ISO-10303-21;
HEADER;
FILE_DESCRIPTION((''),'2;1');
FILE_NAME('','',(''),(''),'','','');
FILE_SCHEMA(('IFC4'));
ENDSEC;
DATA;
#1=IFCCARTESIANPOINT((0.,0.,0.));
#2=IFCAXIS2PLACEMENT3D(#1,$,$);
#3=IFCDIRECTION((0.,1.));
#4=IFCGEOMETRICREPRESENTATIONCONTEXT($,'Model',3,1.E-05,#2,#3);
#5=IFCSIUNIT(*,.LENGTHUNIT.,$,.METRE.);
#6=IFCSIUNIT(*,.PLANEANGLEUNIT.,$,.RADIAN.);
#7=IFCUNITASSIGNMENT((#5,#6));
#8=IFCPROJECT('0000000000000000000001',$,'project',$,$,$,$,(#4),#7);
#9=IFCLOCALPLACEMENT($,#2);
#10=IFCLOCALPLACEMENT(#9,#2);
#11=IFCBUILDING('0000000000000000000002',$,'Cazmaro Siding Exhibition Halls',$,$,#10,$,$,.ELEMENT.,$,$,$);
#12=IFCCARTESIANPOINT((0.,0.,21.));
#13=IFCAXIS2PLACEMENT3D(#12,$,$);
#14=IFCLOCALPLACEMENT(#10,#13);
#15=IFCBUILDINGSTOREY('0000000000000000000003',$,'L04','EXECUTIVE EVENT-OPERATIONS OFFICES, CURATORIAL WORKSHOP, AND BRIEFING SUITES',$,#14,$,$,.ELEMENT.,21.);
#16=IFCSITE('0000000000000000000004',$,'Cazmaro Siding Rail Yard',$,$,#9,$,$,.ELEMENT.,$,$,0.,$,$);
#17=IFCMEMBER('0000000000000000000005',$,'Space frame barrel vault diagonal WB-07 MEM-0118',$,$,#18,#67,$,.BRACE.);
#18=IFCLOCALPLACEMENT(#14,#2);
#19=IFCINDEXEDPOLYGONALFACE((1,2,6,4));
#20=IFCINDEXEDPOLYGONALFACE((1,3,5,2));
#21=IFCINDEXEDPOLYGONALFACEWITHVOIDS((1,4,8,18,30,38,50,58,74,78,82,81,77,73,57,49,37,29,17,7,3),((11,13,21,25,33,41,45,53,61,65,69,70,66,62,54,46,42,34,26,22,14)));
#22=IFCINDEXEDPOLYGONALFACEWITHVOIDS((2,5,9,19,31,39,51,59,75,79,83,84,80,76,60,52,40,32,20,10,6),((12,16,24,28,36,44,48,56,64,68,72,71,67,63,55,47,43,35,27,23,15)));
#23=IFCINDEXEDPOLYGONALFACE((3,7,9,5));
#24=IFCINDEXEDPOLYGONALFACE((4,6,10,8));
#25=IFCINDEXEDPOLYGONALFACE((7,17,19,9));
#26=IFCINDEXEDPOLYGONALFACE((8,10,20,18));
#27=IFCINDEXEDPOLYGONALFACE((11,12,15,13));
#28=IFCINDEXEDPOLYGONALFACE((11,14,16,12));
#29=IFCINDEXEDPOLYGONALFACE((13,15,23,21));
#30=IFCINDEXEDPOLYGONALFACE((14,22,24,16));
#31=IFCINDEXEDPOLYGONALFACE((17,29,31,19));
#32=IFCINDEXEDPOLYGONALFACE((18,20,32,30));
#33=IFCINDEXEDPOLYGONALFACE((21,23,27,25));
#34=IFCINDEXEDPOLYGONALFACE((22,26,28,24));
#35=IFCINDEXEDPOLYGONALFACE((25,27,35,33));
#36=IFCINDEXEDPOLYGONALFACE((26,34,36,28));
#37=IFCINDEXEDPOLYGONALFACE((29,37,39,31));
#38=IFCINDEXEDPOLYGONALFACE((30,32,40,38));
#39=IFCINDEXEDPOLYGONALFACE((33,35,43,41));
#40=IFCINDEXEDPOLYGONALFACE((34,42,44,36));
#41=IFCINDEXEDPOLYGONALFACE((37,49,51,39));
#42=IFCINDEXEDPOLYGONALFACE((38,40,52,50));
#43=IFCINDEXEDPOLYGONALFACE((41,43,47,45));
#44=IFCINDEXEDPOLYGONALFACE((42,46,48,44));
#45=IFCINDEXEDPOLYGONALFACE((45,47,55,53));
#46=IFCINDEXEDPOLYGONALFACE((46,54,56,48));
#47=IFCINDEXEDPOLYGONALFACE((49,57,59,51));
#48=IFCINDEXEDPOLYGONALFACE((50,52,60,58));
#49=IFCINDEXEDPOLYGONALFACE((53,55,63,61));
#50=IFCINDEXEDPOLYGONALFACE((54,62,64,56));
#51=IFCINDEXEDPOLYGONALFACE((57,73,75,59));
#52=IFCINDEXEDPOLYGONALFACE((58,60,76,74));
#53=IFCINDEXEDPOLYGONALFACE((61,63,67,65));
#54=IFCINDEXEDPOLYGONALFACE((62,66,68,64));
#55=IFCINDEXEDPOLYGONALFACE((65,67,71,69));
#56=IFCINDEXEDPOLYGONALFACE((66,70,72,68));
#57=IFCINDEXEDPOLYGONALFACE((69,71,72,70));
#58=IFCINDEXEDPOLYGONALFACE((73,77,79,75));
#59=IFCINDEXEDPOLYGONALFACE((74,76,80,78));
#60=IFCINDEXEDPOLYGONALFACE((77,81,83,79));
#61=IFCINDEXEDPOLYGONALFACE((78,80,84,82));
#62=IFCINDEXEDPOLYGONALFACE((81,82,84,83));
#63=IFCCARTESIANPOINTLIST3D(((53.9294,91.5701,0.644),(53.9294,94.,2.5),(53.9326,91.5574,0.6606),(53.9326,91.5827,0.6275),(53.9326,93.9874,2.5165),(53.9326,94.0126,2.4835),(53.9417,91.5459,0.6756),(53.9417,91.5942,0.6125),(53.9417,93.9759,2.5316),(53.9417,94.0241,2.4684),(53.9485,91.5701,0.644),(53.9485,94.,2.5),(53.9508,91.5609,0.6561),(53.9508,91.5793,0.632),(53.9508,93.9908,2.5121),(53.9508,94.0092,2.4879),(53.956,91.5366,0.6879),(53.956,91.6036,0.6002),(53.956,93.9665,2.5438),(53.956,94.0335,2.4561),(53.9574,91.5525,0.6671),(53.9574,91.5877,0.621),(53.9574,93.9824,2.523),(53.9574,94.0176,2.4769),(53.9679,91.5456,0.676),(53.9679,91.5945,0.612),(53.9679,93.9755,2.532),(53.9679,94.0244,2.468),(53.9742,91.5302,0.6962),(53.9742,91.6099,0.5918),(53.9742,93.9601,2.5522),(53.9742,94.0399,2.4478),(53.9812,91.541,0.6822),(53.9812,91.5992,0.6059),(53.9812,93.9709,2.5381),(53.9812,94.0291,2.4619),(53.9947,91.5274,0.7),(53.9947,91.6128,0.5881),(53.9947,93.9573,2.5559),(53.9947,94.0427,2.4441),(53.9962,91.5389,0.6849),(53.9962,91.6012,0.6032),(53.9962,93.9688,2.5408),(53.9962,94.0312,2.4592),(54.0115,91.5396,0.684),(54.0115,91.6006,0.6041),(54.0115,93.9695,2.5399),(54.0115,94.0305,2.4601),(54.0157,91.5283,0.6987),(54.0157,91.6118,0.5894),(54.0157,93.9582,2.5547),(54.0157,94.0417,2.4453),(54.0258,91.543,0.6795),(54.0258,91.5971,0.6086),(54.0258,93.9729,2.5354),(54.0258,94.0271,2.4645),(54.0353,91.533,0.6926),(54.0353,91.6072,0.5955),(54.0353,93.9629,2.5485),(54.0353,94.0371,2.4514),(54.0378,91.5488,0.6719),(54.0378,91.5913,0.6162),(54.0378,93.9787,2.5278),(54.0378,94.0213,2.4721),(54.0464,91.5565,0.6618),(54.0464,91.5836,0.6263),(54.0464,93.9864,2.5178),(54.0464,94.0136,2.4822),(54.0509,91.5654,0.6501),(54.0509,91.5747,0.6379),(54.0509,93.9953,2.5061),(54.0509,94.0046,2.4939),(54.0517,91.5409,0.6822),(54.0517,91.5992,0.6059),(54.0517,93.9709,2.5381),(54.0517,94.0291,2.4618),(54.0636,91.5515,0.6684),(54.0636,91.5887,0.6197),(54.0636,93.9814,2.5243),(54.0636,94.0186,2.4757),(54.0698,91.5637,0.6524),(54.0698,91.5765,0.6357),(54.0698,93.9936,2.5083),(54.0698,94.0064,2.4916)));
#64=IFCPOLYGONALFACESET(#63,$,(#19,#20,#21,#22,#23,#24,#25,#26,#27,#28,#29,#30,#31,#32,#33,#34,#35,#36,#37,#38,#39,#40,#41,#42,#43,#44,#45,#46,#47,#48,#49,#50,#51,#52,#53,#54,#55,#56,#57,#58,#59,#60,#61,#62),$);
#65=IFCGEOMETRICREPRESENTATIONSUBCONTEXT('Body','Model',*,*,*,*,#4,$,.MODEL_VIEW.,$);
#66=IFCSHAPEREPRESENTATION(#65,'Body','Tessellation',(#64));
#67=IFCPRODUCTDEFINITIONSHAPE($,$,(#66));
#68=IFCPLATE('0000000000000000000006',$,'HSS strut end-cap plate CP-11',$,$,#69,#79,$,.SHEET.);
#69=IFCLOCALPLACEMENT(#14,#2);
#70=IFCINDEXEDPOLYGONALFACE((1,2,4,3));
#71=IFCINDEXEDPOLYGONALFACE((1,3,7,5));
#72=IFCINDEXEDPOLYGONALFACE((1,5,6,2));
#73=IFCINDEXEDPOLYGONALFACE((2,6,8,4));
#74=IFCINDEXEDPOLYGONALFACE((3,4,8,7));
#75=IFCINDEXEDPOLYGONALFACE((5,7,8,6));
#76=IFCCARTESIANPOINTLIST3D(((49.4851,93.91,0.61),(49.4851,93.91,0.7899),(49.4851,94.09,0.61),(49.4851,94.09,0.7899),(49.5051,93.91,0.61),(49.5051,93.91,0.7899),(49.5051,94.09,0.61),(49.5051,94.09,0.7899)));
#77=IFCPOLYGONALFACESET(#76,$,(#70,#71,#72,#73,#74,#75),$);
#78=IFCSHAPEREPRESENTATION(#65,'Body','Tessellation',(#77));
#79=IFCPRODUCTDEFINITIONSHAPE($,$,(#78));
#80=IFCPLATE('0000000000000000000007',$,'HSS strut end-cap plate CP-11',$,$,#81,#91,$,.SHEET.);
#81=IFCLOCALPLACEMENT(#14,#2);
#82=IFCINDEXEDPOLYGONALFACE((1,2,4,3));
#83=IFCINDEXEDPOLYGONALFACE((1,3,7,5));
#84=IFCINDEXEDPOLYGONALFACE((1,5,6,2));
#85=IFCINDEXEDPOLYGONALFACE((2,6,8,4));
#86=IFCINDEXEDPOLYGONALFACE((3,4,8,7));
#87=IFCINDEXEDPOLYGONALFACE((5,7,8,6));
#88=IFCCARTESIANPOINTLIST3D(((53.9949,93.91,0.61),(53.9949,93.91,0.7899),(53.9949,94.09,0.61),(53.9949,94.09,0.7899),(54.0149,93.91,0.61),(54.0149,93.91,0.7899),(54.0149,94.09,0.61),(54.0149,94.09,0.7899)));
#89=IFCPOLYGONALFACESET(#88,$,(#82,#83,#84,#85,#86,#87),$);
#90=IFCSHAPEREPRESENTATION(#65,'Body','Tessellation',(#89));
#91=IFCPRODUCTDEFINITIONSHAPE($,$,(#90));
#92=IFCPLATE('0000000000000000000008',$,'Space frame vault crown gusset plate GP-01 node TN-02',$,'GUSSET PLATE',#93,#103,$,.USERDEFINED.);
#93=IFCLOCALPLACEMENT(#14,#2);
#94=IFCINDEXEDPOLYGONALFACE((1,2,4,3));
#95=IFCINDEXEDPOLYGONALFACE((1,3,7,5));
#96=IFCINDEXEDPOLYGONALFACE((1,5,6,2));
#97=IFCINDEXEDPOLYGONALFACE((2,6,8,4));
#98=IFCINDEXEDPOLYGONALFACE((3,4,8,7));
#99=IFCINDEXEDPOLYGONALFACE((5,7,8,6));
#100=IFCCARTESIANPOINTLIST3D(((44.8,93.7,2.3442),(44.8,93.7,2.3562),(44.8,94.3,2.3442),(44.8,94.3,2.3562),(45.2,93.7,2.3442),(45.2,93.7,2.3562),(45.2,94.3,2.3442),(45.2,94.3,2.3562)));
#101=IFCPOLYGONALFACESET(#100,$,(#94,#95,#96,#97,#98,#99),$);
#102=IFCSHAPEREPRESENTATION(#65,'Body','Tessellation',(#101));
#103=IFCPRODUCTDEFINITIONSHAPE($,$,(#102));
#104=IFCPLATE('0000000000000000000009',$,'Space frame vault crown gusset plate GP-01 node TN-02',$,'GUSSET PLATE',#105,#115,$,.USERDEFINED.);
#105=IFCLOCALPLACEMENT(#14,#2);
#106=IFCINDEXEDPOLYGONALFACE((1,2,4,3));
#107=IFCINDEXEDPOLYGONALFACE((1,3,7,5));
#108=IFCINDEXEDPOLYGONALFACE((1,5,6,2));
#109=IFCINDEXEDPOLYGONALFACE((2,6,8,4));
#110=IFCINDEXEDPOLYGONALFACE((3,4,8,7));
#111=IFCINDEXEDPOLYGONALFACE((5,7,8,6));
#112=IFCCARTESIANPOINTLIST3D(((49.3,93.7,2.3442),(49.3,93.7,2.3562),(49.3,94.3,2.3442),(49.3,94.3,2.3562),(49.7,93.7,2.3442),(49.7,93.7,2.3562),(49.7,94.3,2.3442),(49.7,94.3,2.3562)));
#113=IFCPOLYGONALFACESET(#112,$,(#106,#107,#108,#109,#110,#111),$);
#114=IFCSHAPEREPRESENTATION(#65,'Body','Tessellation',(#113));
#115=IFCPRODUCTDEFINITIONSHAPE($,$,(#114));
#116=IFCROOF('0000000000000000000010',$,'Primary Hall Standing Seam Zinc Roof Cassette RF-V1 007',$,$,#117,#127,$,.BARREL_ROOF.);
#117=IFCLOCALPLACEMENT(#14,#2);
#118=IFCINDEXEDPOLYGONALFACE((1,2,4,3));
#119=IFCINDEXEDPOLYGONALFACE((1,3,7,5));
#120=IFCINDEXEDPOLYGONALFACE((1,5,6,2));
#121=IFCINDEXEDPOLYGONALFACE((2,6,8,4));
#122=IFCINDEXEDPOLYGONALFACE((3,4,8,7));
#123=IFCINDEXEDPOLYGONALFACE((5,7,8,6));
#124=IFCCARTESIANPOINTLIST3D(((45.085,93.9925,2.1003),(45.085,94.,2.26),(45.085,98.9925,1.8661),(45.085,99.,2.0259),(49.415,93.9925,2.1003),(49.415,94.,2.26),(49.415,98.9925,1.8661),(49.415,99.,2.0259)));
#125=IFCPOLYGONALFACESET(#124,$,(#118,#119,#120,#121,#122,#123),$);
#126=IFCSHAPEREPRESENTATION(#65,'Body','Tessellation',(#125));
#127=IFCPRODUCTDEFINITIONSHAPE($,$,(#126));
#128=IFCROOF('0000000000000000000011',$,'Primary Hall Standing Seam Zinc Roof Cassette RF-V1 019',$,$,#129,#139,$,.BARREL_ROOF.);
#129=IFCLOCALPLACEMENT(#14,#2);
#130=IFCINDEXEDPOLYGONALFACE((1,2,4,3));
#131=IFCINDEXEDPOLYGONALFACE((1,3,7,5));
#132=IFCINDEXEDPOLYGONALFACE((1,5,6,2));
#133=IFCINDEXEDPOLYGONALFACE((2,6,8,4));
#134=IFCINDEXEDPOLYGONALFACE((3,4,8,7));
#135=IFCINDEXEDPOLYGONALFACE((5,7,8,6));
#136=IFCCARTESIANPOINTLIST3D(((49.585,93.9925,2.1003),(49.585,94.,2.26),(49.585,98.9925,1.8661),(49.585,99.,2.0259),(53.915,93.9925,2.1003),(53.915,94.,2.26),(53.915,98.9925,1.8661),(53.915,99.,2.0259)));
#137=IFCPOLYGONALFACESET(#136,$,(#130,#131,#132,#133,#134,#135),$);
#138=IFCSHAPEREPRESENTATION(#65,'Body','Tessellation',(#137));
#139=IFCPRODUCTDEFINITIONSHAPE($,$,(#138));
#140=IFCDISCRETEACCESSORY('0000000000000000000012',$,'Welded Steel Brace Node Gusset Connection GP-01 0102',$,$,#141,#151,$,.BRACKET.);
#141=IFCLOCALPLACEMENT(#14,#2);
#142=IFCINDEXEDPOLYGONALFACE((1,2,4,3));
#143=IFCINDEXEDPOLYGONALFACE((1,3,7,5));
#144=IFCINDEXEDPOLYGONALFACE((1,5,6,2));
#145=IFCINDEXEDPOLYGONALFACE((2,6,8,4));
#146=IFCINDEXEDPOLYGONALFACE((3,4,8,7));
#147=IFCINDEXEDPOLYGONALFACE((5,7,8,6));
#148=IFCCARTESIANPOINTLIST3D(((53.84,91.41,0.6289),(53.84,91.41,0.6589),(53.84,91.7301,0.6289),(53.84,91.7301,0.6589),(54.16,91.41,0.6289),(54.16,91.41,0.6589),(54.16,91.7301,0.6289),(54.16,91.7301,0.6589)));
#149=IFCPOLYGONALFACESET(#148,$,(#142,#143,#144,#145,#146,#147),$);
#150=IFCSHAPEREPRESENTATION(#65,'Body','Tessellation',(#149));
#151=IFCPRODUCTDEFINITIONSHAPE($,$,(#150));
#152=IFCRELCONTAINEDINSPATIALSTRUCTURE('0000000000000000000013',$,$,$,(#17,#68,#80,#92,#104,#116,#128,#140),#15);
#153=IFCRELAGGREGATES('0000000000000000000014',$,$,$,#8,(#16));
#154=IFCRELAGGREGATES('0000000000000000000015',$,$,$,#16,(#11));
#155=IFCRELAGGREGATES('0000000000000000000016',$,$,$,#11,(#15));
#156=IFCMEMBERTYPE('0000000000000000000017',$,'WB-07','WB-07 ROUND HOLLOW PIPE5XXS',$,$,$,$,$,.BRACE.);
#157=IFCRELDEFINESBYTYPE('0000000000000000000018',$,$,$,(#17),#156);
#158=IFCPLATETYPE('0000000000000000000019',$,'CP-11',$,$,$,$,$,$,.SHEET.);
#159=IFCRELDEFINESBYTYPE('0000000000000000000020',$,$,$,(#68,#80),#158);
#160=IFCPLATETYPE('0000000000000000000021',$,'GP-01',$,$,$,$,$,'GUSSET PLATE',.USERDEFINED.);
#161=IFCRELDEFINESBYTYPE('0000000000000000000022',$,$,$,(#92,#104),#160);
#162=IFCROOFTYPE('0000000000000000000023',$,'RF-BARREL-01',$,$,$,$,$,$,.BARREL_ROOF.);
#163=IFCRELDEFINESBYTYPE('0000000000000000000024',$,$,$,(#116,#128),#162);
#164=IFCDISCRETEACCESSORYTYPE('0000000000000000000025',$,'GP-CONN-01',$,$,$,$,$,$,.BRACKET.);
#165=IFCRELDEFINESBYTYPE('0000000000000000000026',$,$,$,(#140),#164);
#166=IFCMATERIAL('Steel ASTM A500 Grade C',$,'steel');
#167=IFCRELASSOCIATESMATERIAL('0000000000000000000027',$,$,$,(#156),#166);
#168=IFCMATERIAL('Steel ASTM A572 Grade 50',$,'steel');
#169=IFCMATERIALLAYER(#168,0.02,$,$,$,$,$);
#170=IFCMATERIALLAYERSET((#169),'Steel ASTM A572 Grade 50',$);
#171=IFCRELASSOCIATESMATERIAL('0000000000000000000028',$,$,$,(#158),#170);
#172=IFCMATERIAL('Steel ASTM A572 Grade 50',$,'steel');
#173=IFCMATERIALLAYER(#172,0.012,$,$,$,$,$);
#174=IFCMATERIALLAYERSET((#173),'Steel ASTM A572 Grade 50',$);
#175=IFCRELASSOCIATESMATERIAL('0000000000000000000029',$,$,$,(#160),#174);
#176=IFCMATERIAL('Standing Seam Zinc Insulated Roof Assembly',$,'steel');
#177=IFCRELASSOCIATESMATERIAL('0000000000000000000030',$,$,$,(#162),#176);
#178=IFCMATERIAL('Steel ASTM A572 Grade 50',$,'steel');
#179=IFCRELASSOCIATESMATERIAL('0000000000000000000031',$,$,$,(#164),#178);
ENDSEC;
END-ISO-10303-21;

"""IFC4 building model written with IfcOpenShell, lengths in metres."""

from ifc_helpers import new_model, si_unit, direction, frame, origin, origin_2d, place, context, subcontext, project, spatial, polyline, rectangle, hollow_circle, outline, extrude, material, layer, layer_set, material_profile, profile_set, type_object, element, save


model = new_model("IFC4")

# Units and contexts
model_context = context("Model", 3, precision=1e-05, world=origin(), true_north=direction((0.0, 1.0)))
body_context = subcontext(model_context, "Body", "Model", "MODEL_VIEW")
ifc_project = project(units=[si_unit("LENGTHUNIT", "METRE"), si_unit("PLANEANGLEUNIT", "RADIAN")], contexts=[model_context])

# Site, building, storey
site_placement = place(None, origin())
site = spatial("IfcSite", under=ifc_project, at=site_placement, Name="Cazmaro Siding Rail Yard", CompositionType="ELEMENT", RefElevation=0.0)
building_placement = place(site_placement, origin())
building = spatial("IfcBuilding", under=site, at=building_placement, Name="Cazmaro Siding Exhibition Halls", CompositionType="ELEMENT")
storey_placement = place(building_placement, frame((0.0, 0.0, 21.0)))
storey = spatial("IfcBuildingStorey", under=building, at=storey_placement, Name="L04", Description="EXECUTIVE EVENT-OPERATIONS OFFICES, CURATORIAL WORKSHOP, AND BRIEFING SUITES", CompositionType="ELEMENT", Elevation=21.0)

# Member
ifc_material_1 = material(Name="Steel ASTM A500 Grade C", Category="steel")
ifc_material_profile_1 = material_profile(ifc_material_1, hollow_circle(Radius=0.0706, WallThickness=0.019, at=origin_2d()), Name="PIPE5XXS")
ifc_profile_set_1 = profile_set([ifc_material_profile_1], Name="Steel ASTM A500 Grade C")
member_type_1 = type_object("IfcMemberType", Name="WB-07", Description="WB-07 ROUND HOLLOW PIPE5XXS", PredefinedType="BRACE", material=ifc_profile_set_1)
member_1_placement = place(storey_placement, frame((54.0, 91.5701, 0.644), z_axis=(0.0, 0.794709, 0.606991), x_axis=(-1.0, 0.0, 0.0)))
element("IfcMember", 1, at=member_1_placement, inside=storey, type_object=member_type_1, Name="Space frame barrel vault diagonal WB-07 MEM-0118", PredefinedType="BRACE", context=body_context, shape_type="SweptSolid", body=[
    extrude(hollow_circle(Radius=0.0706, WallThickness=0.019, at=origin_2d()), origin(), (0.0, 0.0, 1.0), 3.0576),
])

# Plates
ifc_material_2 = material(Name="Steel ASTM A572 Grade 50", Category="steel")
ifc_layer_1 = layer(ifc_material_2, 0.02)
ifc_layer_set_1 = layer_set([ifc_layer_1], Name="Steel ASTM A572 Grade 50")
plate_type_1 = type_object("IfcPlateType", Name="CP-11", PredefinedType="SHEET", material=ifc_layer_set_1)
for number, where, z_axis, x_axis, name in (
    (2, (49.4851, 94.0, 0.7), (1.0, 0.0, 0.0), (0.0, 1.0, 0.0), "HSS strut end-cap plate CP-11"),
    (3, (53.9949, 94.0, 0.7), (1.0, 0.0, 0.0), (0.0, 1.0, 0.0), "HSS strut end-cap plate CP-11"),
):
    element("IfcPlate", number, at=place(storey_placement, frame(where, z_axis=z_axis, x_axis=x_axis)), inside=storey, type_object=plate_type_1, Name=name, PredefinedType="SHEET", context=body_context, shape_type="SweptSolid", body=[
        extrude(rectangle(XDim=0.1799, YDim=0.1799, at=origin_2d()), origin(), (0.0, 0.0, 1.0), 0.02),
    ])
ifc_material_3 = material(Name="Steel ASTM A572 Grade 50", Category="steel")
ifc_layer_2 = layer(ifc_material_3, 0.012)
ifc_layer_set_2 = layer_set([ifc_layer_2], Name="Steel ASTM A572 Grade 50")
plate_type_2 = type_object("IfcPlateType", Name="GP-01", ElementType="GUSSET PLATE", PredefinedType="USERDEFINED", material=ifc_layer_set_2)
for number, where, z_axis, x_axis, name in (
    (4, (45.0, 94.0, 2.3442), (0.0, 0.0, 1.0), (0.0, 1.0, 0.0), "Space frame vault crown gusset plate GP-01 node TN-02"),
    (5, (49.5, 94.0, 2.3442), (0.0, 0.0, 1.0), (0.0, 1.0, 0.0), "Space frame vault crown gusset plate GP-01 node TN-02"),
):
    element("IfcPlate", number, at=place(storey_placement, frame(where, z_axis=z_axis, x_axis=x_axis)), inside=storey, type_object=plate_type_2, Name=name, ObjectType="GUSSET PLATE", PredefinedType="USERDEFINED", context=body_context, shape_type="SweptSolid", body=[
        extrude(rectangle(XDim=0.6001, YDim=0.3999, at=origin_2d()), origin(), (0.0, 0.0, 1.0), 0.012),
    ])

# Roofs
ifc_material_4 = material(Name="Standing Seam Zinc Insulated Roof Assembly", Category="steel")
roof_type = type_object("IfcRoofType", Name="RF-BARREL-01", PredefinedType="BARREL_ROOF", material=ifc_material_4)
for number, where, z_axis, x_axis, name in (
    (6, (45.085, 94.0, 2.26), (0.0, 0.046775, 0.998905), (1.0, 0.0, 0.0), "Primary Hall Standing Seam Zinc Roof Cassette RF-V1 007"),
    (7, (49.585, 94.0, 2.26), (0.0, 0.046775, 0.998905), (1.0, 0.0, 0.0), "Primary Hall Standing Seam Zinc Roof Cassette RF-V1 019"),
):
    element("IfcRoof", number, at=place(storey_placement, frame(where, z_axis=z_axis, x_axis=x_axis)), inside=storey, type_object=roof_type, Name=name, PredefinedType="BARREL_ROOF", context=body_context, shape_type="SweptSolid", body=[
        extrude(outline(polyline([(0.0, 0.0), (4.3301, 0.0), (4.3301, 5.0055), (0.0, 5.0055), (0.0, 0.0)])), origin(), (0.0, 0.0, -1.0), 0.1599),
    ])

# Discrete accessory
ifc_material_5 = material(Name="Steel ASTM A572 Grade 50", Category="steel")
discrete_accessory_type = type_object("IfcDiscreteAccessoryType", Name="GP-CONN-01", PredefinedType="BRACKET", material=ifc_material_5)
discrete_accessory_placement = place(storey_placement, frame((54.0, 91.5701, 0.6289), z_axis=(0.0, 0.0, 1.0), x_axis=(1.0, 0.0, 0.0)))
element("IfcDiscreteAccessory", 8, at=discrete_accessory_placement, inside=storey, type_object=discrete_accessory_type, Name="Welded Steel Brace Node Gusset Connection GP-01 0102", PredefinedType="BRACKET", context=body_context, shape_type="SweptSolid", body=[
    extrude(rectangle(XDim=0.3201, YDim=0.3201, at=origin_2d()), origin(), (0.0, 0.0, 1.0), 0.03),
])

save(model, "model.ifc")
